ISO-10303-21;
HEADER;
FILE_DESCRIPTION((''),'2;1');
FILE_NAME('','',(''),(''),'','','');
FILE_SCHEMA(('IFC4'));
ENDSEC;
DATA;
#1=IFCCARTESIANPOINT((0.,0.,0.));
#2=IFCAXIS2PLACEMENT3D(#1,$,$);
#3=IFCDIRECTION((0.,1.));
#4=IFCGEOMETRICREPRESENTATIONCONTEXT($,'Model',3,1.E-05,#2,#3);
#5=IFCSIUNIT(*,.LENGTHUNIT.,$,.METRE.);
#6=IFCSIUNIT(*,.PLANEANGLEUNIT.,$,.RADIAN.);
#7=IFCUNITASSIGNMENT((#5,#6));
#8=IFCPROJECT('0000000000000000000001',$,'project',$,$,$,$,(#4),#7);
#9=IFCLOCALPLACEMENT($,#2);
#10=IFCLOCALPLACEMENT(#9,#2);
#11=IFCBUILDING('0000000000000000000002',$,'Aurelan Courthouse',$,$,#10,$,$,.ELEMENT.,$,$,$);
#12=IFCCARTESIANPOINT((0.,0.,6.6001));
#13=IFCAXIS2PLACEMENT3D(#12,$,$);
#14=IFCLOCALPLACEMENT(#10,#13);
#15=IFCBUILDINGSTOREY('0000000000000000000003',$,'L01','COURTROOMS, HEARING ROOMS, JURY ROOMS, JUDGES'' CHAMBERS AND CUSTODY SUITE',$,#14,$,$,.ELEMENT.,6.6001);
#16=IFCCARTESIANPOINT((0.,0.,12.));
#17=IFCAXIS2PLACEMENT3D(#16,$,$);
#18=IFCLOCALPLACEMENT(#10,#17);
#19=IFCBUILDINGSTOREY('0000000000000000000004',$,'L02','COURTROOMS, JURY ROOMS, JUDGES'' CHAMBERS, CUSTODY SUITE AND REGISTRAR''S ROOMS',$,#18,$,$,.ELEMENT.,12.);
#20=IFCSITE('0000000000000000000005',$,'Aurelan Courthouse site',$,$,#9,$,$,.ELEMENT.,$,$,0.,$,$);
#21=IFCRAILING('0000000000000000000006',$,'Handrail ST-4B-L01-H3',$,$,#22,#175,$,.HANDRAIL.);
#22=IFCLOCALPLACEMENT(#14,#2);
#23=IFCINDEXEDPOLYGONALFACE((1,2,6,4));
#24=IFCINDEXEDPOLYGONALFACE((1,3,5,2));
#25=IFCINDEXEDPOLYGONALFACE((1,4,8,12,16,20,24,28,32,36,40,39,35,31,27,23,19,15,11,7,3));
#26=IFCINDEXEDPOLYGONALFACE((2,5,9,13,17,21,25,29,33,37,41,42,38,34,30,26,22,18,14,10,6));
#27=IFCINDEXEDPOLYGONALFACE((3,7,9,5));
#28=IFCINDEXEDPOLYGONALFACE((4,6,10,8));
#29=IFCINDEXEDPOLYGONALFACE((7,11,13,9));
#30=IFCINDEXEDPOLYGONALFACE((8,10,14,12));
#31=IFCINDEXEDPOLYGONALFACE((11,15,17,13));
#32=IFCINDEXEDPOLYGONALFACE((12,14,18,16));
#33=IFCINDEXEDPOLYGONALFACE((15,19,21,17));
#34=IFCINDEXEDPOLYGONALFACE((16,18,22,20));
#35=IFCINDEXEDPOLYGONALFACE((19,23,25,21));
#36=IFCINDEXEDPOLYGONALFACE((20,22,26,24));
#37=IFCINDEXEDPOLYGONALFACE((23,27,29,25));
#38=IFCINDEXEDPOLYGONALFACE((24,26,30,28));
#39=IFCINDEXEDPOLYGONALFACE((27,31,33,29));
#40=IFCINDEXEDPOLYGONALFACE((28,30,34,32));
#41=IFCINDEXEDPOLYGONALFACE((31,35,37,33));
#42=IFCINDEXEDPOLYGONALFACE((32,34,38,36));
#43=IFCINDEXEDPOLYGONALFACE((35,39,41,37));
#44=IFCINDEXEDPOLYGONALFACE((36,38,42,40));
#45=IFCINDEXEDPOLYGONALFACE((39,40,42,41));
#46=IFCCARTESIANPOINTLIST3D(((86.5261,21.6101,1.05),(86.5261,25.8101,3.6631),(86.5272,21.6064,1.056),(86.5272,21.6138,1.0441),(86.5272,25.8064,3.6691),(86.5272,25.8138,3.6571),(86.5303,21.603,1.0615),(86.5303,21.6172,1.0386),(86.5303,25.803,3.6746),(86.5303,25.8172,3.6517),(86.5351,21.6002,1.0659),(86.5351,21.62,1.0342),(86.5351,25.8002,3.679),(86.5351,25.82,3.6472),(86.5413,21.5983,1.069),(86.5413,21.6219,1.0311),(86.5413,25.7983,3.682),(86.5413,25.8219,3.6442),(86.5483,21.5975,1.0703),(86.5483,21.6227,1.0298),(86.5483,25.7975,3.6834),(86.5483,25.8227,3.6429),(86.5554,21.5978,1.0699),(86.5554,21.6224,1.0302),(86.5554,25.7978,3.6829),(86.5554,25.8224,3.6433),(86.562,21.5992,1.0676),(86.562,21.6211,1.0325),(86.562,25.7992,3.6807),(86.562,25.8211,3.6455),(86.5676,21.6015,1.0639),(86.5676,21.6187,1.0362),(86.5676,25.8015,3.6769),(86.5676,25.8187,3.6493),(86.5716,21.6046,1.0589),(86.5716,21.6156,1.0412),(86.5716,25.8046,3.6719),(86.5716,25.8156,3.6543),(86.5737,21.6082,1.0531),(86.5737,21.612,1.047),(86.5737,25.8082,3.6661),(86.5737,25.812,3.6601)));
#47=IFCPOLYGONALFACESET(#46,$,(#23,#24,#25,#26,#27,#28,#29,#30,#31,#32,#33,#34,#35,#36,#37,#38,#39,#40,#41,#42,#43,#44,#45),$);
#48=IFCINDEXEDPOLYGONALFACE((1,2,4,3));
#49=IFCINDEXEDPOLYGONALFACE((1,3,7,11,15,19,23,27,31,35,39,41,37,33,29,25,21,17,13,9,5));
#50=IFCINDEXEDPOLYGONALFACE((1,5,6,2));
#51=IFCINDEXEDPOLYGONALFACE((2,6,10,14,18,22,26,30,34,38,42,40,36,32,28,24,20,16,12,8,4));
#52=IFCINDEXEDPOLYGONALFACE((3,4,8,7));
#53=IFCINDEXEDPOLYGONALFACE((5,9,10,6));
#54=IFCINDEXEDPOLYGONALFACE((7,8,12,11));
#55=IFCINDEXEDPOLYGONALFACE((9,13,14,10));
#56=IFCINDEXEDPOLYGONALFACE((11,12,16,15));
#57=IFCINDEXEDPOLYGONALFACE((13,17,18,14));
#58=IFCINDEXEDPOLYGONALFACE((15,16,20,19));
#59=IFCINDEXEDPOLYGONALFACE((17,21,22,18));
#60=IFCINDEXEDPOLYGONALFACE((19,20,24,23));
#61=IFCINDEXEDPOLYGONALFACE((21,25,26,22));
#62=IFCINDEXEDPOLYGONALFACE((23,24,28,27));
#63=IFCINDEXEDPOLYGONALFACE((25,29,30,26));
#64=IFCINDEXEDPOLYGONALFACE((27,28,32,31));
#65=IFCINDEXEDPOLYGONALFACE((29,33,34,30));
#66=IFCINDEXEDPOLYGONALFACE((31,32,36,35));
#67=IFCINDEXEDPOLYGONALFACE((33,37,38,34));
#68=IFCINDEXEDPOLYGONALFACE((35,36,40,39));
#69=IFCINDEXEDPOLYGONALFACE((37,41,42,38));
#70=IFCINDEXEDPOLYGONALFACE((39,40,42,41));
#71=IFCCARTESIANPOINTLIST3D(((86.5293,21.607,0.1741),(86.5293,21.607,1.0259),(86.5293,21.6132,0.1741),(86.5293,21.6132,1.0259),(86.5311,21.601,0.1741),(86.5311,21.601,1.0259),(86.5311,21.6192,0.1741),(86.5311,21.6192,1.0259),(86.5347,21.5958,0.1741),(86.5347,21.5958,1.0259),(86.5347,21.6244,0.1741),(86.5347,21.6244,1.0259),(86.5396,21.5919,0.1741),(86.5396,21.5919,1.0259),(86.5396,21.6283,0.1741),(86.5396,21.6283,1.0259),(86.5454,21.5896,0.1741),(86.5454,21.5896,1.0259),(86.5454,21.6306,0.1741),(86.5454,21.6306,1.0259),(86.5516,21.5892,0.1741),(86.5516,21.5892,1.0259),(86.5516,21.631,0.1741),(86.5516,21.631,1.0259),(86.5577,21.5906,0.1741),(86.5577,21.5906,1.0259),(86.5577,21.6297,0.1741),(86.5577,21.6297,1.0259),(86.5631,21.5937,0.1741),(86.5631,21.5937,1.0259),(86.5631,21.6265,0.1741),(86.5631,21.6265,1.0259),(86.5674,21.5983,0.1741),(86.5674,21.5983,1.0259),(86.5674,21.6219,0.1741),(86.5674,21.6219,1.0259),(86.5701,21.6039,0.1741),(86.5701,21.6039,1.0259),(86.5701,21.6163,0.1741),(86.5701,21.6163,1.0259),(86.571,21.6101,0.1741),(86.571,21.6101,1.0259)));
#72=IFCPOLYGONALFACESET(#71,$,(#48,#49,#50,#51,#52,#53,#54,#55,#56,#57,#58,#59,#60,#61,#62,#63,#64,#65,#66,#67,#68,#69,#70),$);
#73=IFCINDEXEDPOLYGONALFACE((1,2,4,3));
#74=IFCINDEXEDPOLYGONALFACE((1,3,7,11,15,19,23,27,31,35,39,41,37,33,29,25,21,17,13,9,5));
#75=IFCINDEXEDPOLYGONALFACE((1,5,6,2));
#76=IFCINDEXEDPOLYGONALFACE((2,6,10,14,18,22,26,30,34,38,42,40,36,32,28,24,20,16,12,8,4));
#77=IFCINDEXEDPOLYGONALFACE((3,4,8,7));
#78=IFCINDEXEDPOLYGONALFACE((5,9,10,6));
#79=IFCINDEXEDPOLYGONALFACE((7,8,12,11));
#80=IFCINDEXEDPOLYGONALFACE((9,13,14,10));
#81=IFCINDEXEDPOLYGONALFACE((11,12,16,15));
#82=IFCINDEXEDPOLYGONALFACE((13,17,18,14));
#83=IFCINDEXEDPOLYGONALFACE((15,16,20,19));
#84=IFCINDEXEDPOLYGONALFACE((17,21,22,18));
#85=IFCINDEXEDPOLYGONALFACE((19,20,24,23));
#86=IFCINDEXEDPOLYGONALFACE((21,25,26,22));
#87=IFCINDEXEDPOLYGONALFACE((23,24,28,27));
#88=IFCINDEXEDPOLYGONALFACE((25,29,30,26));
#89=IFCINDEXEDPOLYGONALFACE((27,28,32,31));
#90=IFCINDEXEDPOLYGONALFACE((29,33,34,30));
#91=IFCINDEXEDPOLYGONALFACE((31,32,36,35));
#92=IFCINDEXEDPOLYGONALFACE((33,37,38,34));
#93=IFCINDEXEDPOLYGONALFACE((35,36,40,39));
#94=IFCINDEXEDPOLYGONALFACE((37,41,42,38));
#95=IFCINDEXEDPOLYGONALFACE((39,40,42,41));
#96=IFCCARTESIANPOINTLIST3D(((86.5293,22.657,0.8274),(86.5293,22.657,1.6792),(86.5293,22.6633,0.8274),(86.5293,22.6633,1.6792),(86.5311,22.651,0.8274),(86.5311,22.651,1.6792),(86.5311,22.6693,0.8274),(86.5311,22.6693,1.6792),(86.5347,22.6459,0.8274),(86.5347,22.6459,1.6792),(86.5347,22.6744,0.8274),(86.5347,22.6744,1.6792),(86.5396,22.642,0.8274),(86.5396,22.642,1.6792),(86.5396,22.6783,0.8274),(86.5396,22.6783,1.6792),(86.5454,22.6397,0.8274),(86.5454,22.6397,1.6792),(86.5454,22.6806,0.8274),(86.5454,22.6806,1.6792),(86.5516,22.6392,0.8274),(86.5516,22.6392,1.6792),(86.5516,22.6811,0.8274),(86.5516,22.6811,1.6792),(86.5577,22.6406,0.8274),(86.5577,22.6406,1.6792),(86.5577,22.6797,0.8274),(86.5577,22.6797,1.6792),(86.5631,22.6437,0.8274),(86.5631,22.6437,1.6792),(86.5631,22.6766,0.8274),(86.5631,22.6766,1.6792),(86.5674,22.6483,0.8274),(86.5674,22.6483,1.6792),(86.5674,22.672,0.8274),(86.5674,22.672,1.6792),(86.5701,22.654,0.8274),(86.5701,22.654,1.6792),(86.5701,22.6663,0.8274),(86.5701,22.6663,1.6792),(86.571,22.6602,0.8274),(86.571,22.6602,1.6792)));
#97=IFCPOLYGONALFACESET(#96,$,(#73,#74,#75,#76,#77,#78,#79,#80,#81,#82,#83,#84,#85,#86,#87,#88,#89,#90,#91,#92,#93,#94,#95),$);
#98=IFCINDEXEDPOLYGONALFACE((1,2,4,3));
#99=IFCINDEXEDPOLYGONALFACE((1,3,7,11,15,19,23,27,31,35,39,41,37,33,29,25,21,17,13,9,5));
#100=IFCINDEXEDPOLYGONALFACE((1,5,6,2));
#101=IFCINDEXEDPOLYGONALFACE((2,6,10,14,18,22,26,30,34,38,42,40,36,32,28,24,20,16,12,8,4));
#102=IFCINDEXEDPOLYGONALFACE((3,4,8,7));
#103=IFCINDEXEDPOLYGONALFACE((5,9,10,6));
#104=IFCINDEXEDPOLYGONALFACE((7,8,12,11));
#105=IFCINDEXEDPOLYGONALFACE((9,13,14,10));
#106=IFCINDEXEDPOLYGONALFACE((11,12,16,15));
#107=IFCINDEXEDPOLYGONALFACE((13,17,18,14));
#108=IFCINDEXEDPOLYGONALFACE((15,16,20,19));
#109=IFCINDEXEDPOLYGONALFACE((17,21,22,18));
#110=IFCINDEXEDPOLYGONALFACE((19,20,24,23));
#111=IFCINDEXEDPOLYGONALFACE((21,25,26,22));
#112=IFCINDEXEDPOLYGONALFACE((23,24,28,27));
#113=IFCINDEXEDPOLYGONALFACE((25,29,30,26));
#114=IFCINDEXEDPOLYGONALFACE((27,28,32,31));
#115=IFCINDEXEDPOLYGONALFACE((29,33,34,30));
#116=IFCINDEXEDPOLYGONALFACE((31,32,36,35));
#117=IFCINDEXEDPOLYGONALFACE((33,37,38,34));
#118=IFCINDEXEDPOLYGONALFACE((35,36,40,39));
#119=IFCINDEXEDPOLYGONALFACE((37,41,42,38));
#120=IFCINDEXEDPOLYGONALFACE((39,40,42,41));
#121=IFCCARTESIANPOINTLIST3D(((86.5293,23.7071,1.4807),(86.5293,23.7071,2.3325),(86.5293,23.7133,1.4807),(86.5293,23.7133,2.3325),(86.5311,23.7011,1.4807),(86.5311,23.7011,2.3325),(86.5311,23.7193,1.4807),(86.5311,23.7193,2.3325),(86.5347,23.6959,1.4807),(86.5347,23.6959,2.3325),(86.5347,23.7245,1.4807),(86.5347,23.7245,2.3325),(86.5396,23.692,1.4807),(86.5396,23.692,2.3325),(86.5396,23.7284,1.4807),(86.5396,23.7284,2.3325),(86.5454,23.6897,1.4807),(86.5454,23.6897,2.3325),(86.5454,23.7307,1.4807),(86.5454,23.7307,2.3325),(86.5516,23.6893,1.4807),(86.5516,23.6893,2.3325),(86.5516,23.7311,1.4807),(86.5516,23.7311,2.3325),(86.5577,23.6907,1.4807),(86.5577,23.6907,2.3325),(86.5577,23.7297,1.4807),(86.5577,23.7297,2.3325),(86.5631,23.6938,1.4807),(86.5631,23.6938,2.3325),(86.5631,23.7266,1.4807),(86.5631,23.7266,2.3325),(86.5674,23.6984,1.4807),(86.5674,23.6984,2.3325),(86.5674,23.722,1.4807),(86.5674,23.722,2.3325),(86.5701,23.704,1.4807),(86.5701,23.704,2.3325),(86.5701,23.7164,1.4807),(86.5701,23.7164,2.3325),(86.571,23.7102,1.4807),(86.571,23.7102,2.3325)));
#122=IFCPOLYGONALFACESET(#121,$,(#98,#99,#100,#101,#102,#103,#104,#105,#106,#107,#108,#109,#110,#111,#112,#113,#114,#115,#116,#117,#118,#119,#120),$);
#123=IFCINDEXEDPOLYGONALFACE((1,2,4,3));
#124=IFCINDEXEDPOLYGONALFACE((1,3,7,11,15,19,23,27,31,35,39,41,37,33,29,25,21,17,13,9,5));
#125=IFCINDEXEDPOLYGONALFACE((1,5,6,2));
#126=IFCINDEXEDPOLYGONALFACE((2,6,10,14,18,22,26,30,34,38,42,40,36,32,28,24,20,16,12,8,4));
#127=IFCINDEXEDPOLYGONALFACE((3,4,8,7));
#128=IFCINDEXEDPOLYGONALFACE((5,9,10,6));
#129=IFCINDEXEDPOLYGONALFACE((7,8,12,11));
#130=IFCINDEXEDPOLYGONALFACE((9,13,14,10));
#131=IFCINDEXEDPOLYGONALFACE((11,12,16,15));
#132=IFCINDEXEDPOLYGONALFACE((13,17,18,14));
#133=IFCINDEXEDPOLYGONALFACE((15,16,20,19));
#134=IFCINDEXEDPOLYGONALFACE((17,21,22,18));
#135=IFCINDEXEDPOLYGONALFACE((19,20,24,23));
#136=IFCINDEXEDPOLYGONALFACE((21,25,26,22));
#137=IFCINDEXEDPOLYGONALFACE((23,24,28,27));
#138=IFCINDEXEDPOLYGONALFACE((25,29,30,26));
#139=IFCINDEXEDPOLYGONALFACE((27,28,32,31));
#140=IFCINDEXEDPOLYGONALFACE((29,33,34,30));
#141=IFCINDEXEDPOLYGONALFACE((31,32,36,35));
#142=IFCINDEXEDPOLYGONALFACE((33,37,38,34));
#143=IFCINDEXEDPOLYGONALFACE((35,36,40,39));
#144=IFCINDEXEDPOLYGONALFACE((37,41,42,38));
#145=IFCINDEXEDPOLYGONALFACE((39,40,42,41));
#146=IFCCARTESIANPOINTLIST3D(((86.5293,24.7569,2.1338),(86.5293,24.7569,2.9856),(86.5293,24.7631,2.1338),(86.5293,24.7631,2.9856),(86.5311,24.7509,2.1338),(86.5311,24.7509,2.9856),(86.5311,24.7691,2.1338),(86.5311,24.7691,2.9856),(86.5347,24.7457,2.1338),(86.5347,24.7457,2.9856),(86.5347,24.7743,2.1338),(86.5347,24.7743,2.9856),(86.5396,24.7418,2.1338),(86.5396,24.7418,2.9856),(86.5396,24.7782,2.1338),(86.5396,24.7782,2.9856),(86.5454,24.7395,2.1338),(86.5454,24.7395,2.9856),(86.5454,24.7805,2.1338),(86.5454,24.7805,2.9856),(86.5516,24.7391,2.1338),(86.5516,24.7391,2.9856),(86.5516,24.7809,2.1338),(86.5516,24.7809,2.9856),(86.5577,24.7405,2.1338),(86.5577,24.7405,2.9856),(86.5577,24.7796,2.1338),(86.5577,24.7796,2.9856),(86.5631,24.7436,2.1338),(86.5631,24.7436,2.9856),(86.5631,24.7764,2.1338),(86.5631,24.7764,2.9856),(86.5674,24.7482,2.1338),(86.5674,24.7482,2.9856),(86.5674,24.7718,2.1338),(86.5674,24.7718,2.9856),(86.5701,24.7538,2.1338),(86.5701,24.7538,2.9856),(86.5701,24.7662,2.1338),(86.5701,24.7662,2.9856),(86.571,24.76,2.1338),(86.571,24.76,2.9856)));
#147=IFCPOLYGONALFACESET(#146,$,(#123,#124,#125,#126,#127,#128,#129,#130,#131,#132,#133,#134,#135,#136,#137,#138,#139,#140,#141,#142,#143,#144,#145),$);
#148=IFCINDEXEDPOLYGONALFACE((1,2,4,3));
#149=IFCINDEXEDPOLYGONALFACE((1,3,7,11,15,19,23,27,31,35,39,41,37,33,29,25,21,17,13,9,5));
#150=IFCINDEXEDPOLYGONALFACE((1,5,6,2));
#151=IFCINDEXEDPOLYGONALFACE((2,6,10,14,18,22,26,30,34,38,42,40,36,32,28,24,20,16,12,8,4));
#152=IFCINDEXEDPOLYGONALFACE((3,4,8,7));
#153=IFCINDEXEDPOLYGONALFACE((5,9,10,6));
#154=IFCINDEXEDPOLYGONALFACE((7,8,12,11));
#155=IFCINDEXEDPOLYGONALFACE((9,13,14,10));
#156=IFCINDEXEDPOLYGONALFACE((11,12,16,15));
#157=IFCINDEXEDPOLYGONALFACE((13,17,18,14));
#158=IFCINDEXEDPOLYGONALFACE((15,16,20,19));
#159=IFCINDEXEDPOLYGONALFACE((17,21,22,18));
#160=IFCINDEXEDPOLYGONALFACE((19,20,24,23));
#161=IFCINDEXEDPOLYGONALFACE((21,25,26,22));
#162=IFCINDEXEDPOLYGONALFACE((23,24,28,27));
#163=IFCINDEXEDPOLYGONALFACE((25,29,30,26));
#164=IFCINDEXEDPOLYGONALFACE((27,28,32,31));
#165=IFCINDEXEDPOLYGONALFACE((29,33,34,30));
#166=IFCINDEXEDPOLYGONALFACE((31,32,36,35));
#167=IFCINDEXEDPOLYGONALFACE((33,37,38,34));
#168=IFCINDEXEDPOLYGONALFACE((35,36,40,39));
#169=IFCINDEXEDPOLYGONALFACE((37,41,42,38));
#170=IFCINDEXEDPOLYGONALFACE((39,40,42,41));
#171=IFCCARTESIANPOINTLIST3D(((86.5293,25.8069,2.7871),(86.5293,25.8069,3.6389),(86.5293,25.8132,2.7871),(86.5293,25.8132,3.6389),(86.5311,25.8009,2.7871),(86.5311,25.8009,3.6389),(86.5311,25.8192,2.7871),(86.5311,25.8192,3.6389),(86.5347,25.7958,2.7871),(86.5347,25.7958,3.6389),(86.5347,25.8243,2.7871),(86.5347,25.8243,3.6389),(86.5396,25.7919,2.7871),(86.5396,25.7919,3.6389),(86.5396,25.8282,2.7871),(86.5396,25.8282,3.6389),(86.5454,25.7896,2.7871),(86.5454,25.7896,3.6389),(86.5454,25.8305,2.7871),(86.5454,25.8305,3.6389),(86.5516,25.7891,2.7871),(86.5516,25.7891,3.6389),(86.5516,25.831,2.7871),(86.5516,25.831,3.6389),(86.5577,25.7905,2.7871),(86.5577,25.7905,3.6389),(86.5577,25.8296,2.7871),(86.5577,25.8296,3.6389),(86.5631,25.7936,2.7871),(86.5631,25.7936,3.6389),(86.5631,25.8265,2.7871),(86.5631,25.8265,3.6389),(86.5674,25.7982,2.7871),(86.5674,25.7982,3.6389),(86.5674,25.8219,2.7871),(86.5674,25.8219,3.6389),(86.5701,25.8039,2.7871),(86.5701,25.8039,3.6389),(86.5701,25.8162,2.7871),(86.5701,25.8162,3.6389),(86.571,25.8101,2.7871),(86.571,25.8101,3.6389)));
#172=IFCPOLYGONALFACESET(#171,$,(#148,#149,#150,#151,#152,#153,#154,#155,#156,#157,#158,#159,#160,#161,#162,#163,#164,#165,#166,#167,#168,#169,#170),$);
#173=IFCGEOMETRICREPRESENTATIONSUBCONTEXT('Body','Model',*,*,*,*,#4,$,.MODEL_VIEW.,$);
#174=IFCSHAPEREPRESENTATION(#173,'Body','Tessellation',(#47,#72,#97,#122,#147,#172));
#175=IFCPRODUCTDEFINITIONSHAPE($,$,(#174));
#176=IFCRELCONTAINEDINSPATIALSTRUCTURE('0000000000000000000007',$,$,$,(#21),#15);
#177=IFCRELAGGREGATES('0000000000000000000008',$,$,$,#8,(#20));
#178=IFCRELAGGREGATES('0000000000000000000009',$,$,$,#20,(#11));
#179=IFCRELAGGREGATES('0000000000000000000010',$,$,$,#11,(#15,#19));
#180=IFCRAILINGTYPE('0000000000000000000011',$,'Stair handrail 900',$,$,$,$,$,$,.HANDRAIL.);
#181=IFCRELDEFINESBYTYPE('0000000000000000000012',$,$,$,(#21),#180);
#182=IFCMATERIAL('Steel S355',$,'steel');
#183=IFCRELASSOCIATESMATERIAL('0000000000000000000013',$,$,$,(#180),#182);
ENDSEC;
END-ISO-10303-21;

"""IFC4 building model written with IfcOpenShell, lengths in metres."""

from ifc_helpers import new_model, si_unit, direction, frame, origin, origin_2d, place, context, subcontext, project, spatial, circle, extrude, material, type_object, element, save


model = new_model("IFC4")

# Units and contexts
model_context = context("Model", 3, precision=1e-05, world=origin(), true_north=direction((0.0, 1.0)))
body_context = subcontext(model_context, "Body", "Model", "MODEL_VIEW")
ifc_project = project(units=[si_unit("LENGTHUNIT", "METRE"), si_unit("PLANEANGLEUNIT", "RADIAN")], contexts=[model_context])

# Site, building, storey
site_placement = place(None, origin())
site = spatial("IfcSite", under=ifc_project, at=site_placement, Name="Aurelan Courthouse site", CompositionType="ELEMENT", RefElevation=0.0)
building_placement = place(site_placement, origin())
building = spatial("IfcBuilding", under=site, at=building_placement, Name="Aurelan Courthouse", CompositionType="ELEMENT")
storey_1_placement = place(building_placement, frame((0.0, 0.0, 6.6001)))
storey_1 = spatial("IfcBuildingStorey", under=building, at=storey_1_placement, Name="L01", Description="COURTROOMS, HEARING ROOMS, JURY ROOMS, JUDGES' CHAMBERS AND CUSTODY SUITE", CompositionType="ELEMENT", Elevation=6.6001)

# Shared definitions
storey_2_placement = place(building_placement, frame((0.0, 0.0, 12.0)))
storey_2 = spatial("IfcBuildingStorey", under=building, at=storey_2_placement, Name="L02", Description="COURTROOMS, JURY ROOMS, JUDGES' CHAMBERS, CUSTODY SUITE AND REGISTRAR'S ROOMS", CompositionType="ELEMENT", Elevation=12.0)

# Railing
ifc_material_1 = material(Name="Steel S355", Category="steel")
railing_type_1 = type_object("IfcRailingType", Name="Stair handrail 900", PredefinedType="HANDRAIL", material=ifc_material_1)
for number, where, name in (
    (1, (86.55, 21.6101, 0.1741), "Handrail ST-4B-L01-H3"),
):
    element("IfcRailing", number, at=place(storey_1_placement, frame(where)), inside=storey_1, type_object=railing_type_1, Name=name, PredefinedType="HANDRAIL", context=body_context, shape_type="SweptSolid", body=[
        extrude(circle(Radius=0.0239, at=origin_2d()), frame((0.0, 0.0, 0.876), z_axis=(0.0, 0.849081, 0.528263), x_axis=(-1.0, 0.0, 0.0)), (0.0, 0.0, 1.0), 4.9465),
        extrude(circle(Radius=0.021, at=origin_2d()), origin(), (0.0, 0.0, 1.0), 0.8518),
        extrude(circle(Radius=0.021, at=origin_2d()), frame((0.0, 1.05, 0.6533)), (0.0, 0.0, 1.0), 0.8518),
        extrude(circle(Radius=0.021, at=origin_2d()), frame((0.0, 2.1001, 1.3066)), (0.0, 0.0, 1.0), 0.8518),
        extrude(circle(Radius=0.021, at=origin_2d()), frame((0.0, 3.1499, 1.9597)), (0.0, 0.0, 1.0), 0.8518),
        extrude(circle(Radius=0.021, at=origin_2d()), frame((0.0, 4.2, 2.613)), (0.0, 0.0, 1.0), 0.8518),
    ])

save(model, "model.ifc")
